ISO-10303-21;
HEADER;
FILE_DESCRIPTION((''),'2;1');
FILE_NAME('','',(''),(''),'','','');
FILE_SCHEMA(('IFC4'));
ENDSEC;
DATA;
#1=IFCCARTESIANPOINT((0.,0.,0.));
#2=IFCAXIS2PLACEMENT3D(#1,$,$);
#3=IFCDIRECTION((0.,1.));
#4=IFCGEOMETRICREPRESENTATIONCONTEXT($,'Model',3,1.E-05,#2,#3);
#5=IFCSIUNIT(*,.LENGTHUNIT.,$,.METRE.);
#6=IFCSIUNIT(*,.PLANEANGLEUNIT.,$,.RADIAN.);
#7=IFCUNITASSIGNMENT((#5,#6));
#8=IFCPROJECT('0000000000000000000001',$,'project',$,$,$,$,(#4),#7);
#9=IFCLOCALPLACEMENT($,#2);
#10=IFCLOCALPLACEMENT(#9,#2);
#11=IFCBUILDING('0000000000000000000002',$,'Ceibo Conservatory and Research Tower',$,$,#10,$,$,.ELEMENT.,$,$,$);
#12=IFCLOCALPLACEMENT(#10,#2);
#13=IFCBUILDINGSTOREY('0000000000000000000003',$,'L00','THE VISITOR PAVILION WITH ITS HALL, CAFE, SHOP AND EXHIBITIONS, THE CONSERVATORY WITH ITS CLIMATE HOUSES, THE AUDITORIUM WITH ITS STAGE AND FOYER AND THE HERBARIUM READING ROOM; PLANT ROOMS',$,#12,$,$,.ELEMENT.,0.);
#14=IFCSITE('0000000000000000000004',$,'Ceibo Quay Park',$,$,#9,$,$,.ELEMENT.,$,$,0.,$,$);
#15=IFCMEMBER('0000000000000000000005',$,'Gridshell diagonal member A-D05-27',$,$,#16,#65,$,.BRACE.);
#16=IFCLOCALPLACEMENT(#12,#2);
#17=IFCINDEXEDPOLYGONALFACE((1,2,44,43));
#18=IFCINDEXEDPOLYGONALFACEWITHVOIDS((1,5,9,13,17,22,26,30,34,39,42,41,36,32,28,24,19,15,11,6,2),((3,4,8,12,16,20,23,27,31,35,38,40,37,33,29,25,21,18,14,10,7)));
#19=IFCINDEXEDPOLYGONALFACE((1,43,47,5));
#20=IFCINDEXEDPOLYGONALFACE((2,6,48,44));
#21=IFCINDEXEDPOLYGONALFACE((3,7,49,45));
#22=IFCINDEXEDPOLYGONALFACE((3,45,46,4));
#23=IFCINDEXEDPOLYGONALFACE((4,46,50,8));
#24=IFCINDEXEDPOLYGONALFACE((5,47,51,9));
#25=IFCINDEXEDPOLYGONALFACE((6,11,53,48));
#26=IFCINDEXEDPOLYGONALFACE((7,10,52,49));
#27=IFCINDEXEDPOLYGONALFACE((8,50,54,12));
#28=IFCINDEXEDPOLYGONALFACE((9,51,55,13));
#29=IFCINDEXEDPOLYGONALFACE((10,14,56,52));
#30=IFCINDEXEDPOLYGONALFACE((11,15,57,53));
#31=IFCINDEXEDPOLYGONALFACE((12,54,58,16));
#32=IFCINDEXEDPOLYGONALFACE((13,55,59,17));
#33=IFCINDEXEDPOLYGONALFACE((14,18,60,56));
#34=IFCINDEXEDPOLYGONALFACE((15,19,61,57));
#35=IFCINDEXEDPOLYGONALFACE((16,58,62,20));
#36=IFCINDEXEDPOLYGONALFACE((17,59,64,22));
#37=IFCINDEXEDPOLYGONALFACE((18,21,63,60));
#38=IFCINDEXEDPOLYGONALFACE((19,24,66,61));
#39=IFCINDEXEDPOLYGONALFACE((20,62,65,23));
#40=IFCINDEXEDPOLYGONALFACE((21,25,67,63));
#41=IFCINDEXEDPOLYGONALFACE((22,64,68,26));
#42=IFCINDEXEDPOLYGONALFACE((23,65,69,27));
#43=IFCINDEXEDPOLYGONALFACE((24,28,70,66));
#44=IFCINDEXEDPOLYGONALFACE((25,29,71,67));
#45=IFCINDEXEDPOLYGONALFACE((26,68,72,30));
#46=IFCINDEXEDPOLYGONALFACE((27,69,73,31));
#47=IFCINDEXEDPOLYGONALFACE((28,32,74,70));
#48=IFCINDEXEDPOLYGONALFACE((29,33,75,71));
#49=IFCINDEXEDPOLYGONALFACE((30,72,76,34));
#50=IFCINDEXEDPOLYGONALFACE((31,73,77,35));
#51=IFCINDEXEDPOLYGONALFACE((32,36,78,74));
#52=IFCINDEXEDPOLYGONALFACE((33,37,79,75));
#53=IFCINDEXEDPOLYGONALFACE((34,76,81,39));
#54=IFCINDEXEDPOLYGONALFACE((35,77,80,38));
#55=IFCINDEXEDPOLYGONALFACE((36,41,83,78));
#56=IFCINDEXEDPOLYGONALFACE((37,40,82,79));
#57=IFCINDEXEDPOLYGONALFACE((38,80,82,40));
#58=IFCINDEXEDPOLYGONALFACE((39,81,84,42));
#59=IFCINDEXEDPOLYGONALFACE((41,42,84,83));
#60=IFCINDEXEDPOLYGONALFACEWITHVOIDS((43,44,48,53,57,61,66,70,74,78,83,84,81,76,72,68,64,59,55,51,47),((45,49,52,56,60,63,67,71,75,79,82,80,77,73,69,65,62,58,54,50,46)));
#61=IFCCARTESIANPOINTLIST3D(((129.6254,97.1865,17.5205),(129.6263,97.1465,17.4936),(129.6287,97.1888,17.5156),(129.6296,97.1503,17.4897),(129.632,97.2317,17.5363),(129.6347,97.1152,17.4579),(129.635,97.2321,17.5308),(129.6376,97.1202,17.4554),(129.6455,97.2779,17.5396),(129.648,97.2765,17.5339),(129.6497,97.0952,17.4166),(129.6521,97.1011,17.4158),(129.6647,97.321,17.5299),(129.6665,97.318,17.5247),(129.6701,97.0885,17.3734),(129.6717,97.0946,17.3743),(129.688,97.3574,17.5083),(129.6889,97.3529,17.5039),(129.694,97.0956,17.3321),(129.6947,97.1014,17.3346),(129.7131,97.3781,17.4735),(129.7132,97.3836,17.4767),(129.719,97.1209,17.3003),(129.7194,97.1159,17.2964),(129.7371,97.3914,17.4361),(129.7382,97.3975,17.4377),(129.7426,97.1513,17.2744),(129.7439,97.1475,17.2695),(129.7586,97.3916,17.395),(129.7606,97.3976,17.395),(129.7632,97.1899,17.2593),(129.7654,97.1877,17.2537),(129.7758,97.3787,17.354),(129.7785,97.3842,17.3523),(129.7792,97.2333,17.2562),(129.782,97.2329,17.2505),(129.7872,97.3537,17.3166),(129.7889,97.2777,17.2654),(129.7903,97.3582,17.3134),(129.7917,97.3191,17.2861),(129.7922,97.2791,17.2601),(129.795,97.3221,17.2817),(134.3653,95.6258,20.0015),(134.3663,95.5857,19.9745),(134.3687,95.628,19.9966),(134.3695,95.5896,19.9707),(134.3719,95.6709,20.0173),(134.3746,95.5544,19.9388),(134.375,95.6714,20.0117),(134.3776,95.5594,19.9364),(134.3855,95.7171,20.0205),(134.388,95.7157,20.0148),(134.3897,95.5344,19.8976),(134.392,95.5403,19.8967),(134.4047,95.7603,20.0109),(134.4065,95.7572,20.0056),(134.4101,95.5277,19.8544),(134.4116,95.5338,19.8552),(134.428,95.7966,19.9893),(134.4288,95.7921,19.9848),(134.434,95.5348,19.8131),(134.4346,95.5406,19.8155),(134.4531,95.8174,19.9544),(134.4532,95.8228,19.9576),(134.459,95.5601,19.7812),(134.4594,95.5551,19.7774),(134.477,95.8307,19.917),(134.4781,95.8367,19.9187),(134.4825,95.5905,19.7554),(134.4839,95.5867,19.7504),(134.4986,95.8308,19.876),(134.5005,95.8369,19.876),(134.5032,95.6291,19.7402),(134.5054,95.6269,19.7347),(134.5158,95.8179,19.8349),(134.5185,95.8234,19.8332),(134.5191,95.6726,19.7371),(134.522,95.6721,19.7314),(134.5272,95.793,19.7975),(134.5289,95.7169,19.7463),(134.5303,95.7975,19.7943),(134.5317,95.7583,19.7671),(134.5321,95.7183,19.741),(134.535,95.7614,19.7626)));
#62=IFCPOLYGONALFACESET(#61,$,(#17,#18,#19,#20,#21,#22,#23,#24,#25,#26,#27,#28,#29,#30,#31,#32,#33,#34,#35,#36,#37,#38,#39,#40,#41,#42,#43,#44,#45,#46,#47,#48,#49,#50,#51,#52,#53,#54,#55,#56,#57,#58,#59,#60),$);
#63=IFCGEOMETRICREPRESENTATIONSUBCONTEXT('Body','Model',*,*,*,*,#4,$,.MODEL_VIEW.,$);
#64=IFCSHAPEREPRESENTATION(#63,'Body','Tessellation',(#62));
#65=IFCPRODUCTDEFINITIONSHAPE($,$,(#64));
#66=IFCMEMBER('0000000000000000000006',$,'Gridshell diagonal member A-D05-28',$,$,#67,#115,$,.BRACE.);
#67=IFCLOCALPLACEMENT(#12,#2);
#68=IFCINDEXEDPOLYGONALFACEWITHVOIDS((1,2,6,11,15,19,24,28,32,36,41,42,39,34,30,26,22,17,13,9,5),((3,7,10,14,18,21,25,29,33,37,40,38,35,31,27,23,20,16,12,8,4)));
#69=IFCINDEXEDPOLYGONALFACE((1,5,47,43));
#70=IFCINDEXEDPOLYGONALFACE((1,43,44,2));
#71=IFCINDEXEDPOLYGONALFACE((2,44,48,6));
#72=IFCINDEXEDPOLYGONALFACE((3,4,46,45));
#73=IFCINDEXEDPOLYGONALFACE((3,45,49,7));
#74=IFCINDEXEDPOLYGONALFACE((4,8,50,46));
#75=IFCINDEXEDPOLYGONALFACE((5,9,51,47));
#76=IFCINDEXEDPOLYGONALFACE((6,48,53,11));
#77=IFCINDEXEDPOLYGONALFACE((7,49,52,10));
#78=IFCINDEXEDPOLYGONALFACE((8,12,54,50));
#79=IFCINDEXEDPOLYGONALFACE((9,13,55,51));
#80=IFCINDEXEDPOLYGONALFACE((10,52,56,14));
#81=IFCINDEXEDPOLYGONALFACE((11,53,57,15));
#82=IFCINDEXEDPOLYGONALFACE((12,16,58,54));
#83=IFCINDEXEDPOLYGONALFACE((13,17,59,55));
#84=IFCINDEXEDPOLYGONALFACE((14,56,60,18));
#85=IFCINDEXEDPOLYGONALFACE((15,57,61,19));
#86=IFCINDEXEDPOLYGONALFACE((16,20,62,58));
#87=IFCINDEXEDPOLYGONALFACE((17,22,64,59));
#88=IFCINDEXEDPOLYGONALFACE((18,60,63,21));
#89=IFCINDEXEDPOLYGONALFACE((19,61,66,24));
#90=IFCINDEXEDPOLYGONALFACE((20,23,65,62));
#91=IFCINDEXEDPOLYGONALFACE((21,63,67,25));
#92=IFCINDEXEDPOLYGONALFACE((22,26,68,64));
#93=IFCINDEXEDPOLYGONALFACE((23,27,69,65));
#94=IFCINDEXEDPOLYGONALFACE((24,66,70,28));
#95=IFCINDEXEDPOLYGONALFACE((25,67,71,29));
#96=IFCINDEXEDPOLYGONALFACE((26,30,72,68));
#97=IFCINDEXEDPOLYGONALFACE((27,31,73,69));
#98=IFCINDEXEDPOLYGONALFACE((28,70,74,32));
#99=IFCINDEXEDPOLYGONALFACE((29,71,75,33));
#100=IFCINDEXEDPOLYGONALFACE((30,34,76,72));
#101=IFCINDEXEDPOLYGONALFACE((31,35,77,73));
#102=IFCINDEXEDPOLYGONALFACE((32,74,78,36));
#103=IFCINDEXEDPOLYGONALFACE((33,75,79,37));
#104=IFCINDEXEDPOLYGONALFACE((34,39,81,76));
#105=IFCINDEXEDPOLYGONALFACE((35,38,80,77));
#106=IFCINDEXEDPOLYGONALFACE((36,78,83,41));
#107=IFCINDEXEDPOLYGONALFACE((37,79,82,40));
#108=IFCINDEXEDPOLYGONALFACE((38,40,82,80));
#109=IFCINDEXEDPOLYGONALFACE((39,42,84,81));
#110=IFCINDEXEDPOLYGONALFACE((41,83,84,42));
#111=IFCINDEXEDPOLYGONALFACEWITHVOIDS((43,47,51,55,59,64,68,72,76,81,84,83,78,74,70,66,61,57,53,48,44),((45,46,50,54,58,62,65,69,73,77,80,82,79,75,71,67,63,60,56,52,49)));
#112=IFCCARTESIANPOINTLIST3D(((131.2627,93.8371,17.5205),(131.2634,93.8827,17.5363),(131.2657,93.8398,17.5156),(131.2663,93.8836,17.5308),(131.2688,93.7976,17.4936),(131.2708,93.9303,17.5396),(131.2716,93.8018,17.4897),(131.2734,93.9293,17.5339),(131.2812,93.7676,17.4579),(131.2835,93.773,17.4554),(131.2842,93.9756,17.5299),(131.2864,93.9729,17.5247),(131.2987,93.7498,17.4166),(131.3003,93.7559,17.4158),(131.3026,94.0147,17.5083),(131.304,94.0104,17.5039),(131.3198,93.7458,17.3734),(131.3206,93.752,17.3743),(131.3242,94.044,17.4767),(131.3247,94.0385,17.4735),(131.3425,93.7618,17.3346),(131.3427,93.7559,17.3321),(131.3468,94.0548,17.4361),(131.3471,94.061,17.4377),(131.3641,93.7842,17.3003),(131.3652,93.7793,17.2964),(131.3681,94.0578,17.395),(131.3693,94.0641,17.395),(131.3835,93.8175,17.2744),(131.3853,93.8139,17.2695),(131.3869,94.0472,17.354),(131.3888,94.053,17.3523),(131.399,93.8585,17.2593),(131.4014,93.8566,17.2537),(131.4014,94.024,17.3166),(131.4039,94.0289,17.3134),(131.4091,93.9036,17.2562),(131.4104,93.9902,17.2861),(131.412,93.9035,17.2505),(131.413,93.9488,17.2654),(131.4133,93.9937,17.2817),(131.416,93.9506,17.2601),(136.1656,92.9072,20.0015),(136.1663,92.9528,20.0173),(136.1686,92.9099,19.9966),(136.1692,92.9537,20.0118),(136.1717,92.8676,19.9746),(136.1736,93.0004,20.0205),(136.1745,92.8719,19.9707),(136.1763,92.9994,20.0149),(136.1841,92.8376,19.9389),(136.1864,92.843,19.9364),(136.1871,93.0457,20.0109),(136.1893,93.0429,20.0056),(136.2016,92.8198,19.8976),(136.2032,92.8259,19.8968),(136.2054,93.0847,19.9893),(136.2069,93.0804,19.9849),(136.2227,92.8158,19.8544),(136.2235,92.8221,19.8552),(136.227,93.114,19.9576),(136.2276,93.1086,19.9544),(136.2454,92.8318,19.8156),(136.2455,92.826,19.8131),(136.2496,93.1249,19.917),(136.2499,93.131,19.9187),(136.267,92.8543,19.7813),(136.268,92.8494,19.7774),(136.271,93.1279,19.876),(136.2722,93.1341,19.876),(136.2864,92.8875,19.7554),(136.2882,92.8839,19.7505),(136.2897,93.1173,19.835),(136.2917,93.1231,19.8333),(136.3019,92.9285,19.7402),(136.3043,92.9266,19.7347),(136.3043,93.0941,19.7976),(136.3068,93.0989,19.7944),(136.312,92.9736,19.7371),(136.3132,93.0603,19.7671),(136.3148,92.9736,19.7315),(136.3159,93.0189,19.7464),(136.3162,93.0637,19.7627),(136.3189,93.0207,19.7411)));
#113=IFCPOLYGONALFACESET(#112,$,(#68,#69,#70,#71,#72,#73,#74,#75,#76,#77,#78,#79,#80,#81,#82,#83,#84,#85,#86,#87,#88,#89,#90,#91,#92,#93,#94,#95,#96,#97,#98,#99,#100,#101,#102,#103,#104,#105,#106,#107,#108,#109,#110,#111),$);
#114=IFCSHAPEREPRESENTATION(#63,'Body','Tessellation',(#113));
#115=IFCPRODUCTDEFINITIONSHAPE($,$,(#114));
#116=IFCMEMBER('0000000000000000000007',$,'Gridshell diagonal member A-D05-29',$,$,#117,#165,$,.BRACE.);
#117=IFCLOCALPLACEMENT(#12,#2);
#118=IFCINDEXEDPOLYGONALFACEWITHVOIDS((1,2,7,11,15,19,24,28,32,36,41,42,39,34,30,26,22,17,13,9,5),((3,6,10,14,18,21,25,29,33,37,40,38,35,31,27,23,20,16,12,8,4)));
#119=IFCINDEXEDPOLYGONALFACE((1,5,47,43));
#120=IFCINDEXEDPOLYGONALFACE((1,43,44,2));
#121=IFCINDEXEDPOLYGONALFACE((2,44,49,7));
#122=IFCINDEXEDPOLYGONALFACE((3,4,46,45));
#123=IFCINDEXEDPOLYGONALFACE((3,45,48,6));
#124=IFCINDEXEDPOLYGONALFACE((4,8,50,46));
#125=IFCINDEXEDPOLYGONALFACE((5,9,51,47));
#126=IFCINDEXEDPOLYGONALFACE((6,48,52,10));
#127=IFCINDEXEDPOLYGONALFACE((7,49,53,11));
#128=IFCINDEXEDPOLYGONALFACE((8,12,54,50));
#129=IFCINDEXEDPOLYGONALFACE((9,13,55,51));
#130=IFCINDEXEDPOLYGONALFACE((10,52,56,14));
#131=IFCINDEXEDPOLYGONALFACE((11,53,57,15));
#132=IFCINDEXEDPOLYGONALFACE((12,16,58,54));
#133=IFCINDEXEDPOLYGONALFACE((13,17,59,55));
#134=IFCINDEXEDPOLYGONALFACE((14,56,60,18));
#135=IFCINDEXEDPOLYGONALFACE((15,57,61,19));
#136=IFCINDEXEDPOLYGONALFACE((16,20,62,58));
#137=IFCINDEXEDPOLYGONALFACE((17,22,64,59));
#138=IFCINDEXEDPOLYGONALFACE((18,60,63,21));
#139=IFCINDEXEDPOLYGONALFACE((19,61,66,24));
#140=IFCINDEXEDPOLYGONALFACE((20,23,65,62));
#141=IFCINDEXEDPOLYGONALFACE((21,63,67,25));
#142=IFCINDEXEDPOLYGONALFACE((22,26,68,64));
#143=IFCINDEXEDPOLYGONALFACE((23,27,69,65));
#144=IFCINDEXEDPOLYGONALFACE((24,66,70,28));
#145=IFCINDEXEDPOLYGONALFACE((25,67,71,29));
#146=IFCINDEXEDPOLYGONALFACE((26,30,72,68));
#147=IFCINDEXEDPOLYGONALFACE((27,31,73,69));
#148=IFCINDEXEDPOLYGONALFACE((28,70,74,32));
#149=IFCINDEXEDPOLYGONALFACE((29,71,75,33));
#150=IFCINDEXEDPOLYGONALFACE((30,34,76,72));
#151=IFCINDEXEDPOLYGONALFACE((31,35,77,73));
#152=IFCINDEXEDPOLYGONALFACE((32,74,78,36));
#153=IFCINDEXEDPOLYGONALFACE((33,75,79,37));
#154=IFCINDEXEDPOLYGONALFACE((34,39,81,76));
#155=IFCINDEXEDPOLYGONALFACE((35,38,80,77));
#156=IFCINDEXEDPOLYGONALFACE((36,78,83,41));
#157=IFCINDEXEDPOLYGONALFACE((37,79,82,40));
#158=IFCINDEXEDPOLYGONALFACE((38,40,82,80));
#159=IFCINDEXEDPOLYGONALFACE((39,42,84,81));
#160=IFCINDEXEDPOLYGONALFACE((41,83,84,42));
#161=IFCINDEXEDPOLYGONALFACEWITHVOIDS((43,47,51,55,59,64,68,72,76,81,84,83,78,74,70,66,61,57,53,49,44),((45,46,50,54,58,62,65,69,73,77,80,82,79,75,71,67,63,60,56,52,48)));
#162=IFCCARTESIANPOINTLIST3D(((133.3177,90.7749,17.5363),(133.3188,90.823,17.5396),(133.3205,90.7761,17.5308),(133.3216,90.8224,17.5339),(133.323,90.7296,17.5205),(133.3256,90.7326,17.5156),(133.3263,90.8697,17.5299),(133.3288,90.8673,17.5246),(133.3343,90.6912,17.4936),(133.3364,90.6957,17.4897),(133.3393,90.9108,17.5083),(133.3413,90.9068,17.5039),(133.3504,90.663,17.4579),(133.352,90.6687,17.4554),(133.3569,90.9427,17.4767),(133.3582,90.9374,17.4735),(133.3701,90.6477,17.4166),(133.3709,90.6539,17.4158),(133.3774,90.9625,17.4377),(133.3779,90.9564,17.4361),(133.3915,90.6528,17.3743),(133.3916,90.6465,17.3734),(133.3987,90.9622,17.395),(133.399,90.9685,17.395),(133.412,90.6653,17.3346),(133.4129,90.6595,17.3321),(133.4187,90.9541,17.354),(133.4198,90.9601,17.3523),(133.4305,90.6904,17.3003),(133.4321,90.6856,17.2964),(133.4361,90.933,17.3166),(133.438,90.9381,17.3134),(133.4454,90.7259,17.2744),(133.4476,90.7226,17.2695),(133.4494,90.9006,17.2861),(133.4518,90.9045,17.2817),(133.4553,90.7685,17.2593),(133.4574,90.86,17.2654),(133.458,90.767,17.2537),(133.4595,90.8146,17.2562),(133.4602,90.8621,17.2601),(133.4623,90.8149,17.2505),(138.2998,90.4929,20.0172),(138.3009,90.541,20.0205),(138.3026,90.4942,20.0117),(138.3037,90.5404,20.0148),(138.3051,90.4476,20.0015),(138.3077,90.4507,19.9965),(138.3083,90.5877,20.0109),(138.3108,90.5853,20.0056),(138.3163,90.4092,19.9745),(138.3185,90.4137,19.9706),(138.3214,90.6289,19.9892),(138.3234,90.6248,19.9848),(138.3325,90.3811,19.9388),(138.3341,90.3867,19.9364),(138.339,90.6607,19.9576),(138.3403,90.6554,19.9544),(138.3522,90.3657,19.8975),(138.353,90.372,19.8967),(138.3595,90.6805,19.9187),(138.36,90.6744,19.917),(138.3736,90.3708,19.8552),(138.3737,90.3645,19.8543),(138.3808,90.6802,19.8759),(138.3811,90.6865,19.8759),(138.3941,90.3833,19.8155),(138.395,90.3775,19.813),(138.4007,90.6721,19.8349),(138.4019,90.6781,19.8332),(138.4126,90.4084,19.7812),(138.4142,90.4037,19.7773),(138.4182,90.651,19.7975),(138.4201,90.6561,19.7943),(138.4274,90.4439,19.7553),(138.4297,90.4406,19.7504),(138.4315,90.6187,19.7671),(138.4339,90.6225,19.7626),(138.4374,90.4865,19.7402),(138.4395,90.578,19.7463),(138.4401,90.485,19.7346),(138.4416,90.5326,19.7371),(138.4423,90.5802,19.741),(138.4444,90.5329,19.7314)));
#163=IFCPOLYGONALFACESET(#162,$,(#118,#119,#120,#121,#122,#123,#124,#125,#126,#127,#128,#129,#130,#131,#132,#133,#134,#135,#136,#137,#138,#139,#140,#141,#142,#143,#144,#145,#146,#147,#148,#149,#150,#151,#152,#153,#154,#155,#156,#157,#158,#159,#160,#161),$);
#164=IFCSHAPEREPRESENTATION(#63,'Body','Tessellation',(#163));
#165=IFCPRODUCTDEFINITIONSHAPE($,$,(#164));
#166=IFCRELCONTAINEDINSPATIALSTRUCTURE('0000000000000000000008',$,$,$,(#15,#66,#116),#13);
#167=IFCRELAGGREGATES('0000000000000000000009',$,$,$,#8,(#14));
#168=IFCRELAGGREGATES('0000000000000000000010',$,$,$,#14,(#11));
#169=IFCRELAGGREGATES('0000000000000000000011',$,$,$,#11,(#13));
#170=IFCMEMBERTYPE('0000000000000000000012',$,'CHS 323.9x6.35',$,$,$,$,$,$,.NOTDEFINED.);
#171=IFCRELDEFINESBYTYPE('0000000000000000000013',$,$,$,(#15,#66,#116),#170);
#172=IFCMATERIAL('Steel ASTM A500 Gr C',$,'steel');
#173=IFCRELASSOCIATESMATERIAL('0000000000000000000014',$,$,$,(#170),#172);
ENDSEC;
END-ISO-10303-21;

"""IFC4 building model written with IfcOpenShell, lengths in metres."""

from ifc_helpers import new_model, si_unit, direction, frame, origin, origin_2d, place, context, subcontext, project, spatial, hollow_circle, extrude, material, material_profile, profile_set, type_object, element, save


model = new_model("IFC4")

# Units and contexts
model_context = context("Model", 3, precision=1e-05, world=origin(), true_north=direction((0.0, 1.0)))
body_context = subcontext(model_context, "Body", "Model", "MODEL_VIEW")
ifc_project = project(units=[si_unit("LENGTHUNIT", "METRE"), si_unit("PLANEANGLEUNIT", "RADIAN")], contexts=[model_context])

# Site, building, storey
site_placement = place(None, origin())
site = spatial("IfcSite", under=ifc_project, at=site_placement, Name="Ceibo Quay Park", CompositionType="ELEMENT", RefElevation=0.0)
building_placement = place(site_placement, origin())
building = spatial("IfcBuilding", under=site, at=building_placement, Name="Ceibo Conservatory and Research Tower", CompositionType="ELEMENT")
storey_placement = place(building_placement, origin())
storey = spatial("IfcBuildingStorey", under=building, at=storey_placement, Name="L00", Description="THE VISITOR PAVILION WITH ITS HALL, CAFE, SHOP AND EXHIBITIONS, THE CONSERVATORY WITH ITS CLIMATE HOUSES, THE AUDITORIUM WITH ITS STAGE AND FOYER AND THE HERBARIUM READING ROOM; PLANT ROOMS", CompositionType="ELEMENT", Elevation=0.0)

# Members
ifc_material_1 = material(Name="Steel ASTM A500 Gr C", Category="steel")
ifc_material_profile_1 = material_profile(ifc_material_1, hollow_circle(Radius=0.1619, WallThickness=0.0063, at=origin_2d()), Name="CHS 323.9x6.35")
ifc_profile_set_1 = profile_set([ifc_material_profile_1], Name="Steel ASTM A500 Gr C")
member_type_1 = type_object("IfcMemberType", Name="CHS 323.9x6.35", PredefinedType="NOTDEFINED", material=ifc_profile_set_1)
for number, where, z_axis, x_axis, name in (
    (1, (129.71, 97.2439, 17.395), (0.850522, -0.280061, 0.445172), (0.312762, 0.949832, 0.0), "Gridshell diagonal member A-D05-27"),
    (2, (131.3391, 93.905, 17.395), (0.879757, -0.166865, 0.445179), (0.18635, 0.982483, 0.0), "Gridshell diagonal member A-D05-28"),
):
    element("IfcMember", number, at=place(storey_placement, frame(where, z_axis=z_axis, x_axis=x_axis)), inside=storey, type_object=member_type_1, Name=name, PredefinedType="BRACE", context=body_context, shape_type="SweptSolid", body=[
        extrude(hollow_circle(Radius=0.1619, WallThickness=0.0063, at=origin_2d()), origin(), (0.0, 0.0, 1.0), 5.573),
    ])
member_1_placement = place(storey_placement, frame((133.3899, 90.8069, 17.395), z_axis=(0.894008, -0.050599, 0.445186), x_axis=(0.056508, 0.998402, 0.0)))
element("IfcMember", 3, at=member_1_placement, inside=storey, type_object=member_type_1, Name="Gridshell diagonal member A-D05-29", PredefinedType="BRACE", context=body_context, shape_type="SweptSolid", body=[
    extrude(hollow_circle(Radius=0.1619, WallThickness=0.0063, at=origin_2d()), origin(), (0.0, 0.0, 1.0), 5.5728),
])

save(model, "model.ifc")
